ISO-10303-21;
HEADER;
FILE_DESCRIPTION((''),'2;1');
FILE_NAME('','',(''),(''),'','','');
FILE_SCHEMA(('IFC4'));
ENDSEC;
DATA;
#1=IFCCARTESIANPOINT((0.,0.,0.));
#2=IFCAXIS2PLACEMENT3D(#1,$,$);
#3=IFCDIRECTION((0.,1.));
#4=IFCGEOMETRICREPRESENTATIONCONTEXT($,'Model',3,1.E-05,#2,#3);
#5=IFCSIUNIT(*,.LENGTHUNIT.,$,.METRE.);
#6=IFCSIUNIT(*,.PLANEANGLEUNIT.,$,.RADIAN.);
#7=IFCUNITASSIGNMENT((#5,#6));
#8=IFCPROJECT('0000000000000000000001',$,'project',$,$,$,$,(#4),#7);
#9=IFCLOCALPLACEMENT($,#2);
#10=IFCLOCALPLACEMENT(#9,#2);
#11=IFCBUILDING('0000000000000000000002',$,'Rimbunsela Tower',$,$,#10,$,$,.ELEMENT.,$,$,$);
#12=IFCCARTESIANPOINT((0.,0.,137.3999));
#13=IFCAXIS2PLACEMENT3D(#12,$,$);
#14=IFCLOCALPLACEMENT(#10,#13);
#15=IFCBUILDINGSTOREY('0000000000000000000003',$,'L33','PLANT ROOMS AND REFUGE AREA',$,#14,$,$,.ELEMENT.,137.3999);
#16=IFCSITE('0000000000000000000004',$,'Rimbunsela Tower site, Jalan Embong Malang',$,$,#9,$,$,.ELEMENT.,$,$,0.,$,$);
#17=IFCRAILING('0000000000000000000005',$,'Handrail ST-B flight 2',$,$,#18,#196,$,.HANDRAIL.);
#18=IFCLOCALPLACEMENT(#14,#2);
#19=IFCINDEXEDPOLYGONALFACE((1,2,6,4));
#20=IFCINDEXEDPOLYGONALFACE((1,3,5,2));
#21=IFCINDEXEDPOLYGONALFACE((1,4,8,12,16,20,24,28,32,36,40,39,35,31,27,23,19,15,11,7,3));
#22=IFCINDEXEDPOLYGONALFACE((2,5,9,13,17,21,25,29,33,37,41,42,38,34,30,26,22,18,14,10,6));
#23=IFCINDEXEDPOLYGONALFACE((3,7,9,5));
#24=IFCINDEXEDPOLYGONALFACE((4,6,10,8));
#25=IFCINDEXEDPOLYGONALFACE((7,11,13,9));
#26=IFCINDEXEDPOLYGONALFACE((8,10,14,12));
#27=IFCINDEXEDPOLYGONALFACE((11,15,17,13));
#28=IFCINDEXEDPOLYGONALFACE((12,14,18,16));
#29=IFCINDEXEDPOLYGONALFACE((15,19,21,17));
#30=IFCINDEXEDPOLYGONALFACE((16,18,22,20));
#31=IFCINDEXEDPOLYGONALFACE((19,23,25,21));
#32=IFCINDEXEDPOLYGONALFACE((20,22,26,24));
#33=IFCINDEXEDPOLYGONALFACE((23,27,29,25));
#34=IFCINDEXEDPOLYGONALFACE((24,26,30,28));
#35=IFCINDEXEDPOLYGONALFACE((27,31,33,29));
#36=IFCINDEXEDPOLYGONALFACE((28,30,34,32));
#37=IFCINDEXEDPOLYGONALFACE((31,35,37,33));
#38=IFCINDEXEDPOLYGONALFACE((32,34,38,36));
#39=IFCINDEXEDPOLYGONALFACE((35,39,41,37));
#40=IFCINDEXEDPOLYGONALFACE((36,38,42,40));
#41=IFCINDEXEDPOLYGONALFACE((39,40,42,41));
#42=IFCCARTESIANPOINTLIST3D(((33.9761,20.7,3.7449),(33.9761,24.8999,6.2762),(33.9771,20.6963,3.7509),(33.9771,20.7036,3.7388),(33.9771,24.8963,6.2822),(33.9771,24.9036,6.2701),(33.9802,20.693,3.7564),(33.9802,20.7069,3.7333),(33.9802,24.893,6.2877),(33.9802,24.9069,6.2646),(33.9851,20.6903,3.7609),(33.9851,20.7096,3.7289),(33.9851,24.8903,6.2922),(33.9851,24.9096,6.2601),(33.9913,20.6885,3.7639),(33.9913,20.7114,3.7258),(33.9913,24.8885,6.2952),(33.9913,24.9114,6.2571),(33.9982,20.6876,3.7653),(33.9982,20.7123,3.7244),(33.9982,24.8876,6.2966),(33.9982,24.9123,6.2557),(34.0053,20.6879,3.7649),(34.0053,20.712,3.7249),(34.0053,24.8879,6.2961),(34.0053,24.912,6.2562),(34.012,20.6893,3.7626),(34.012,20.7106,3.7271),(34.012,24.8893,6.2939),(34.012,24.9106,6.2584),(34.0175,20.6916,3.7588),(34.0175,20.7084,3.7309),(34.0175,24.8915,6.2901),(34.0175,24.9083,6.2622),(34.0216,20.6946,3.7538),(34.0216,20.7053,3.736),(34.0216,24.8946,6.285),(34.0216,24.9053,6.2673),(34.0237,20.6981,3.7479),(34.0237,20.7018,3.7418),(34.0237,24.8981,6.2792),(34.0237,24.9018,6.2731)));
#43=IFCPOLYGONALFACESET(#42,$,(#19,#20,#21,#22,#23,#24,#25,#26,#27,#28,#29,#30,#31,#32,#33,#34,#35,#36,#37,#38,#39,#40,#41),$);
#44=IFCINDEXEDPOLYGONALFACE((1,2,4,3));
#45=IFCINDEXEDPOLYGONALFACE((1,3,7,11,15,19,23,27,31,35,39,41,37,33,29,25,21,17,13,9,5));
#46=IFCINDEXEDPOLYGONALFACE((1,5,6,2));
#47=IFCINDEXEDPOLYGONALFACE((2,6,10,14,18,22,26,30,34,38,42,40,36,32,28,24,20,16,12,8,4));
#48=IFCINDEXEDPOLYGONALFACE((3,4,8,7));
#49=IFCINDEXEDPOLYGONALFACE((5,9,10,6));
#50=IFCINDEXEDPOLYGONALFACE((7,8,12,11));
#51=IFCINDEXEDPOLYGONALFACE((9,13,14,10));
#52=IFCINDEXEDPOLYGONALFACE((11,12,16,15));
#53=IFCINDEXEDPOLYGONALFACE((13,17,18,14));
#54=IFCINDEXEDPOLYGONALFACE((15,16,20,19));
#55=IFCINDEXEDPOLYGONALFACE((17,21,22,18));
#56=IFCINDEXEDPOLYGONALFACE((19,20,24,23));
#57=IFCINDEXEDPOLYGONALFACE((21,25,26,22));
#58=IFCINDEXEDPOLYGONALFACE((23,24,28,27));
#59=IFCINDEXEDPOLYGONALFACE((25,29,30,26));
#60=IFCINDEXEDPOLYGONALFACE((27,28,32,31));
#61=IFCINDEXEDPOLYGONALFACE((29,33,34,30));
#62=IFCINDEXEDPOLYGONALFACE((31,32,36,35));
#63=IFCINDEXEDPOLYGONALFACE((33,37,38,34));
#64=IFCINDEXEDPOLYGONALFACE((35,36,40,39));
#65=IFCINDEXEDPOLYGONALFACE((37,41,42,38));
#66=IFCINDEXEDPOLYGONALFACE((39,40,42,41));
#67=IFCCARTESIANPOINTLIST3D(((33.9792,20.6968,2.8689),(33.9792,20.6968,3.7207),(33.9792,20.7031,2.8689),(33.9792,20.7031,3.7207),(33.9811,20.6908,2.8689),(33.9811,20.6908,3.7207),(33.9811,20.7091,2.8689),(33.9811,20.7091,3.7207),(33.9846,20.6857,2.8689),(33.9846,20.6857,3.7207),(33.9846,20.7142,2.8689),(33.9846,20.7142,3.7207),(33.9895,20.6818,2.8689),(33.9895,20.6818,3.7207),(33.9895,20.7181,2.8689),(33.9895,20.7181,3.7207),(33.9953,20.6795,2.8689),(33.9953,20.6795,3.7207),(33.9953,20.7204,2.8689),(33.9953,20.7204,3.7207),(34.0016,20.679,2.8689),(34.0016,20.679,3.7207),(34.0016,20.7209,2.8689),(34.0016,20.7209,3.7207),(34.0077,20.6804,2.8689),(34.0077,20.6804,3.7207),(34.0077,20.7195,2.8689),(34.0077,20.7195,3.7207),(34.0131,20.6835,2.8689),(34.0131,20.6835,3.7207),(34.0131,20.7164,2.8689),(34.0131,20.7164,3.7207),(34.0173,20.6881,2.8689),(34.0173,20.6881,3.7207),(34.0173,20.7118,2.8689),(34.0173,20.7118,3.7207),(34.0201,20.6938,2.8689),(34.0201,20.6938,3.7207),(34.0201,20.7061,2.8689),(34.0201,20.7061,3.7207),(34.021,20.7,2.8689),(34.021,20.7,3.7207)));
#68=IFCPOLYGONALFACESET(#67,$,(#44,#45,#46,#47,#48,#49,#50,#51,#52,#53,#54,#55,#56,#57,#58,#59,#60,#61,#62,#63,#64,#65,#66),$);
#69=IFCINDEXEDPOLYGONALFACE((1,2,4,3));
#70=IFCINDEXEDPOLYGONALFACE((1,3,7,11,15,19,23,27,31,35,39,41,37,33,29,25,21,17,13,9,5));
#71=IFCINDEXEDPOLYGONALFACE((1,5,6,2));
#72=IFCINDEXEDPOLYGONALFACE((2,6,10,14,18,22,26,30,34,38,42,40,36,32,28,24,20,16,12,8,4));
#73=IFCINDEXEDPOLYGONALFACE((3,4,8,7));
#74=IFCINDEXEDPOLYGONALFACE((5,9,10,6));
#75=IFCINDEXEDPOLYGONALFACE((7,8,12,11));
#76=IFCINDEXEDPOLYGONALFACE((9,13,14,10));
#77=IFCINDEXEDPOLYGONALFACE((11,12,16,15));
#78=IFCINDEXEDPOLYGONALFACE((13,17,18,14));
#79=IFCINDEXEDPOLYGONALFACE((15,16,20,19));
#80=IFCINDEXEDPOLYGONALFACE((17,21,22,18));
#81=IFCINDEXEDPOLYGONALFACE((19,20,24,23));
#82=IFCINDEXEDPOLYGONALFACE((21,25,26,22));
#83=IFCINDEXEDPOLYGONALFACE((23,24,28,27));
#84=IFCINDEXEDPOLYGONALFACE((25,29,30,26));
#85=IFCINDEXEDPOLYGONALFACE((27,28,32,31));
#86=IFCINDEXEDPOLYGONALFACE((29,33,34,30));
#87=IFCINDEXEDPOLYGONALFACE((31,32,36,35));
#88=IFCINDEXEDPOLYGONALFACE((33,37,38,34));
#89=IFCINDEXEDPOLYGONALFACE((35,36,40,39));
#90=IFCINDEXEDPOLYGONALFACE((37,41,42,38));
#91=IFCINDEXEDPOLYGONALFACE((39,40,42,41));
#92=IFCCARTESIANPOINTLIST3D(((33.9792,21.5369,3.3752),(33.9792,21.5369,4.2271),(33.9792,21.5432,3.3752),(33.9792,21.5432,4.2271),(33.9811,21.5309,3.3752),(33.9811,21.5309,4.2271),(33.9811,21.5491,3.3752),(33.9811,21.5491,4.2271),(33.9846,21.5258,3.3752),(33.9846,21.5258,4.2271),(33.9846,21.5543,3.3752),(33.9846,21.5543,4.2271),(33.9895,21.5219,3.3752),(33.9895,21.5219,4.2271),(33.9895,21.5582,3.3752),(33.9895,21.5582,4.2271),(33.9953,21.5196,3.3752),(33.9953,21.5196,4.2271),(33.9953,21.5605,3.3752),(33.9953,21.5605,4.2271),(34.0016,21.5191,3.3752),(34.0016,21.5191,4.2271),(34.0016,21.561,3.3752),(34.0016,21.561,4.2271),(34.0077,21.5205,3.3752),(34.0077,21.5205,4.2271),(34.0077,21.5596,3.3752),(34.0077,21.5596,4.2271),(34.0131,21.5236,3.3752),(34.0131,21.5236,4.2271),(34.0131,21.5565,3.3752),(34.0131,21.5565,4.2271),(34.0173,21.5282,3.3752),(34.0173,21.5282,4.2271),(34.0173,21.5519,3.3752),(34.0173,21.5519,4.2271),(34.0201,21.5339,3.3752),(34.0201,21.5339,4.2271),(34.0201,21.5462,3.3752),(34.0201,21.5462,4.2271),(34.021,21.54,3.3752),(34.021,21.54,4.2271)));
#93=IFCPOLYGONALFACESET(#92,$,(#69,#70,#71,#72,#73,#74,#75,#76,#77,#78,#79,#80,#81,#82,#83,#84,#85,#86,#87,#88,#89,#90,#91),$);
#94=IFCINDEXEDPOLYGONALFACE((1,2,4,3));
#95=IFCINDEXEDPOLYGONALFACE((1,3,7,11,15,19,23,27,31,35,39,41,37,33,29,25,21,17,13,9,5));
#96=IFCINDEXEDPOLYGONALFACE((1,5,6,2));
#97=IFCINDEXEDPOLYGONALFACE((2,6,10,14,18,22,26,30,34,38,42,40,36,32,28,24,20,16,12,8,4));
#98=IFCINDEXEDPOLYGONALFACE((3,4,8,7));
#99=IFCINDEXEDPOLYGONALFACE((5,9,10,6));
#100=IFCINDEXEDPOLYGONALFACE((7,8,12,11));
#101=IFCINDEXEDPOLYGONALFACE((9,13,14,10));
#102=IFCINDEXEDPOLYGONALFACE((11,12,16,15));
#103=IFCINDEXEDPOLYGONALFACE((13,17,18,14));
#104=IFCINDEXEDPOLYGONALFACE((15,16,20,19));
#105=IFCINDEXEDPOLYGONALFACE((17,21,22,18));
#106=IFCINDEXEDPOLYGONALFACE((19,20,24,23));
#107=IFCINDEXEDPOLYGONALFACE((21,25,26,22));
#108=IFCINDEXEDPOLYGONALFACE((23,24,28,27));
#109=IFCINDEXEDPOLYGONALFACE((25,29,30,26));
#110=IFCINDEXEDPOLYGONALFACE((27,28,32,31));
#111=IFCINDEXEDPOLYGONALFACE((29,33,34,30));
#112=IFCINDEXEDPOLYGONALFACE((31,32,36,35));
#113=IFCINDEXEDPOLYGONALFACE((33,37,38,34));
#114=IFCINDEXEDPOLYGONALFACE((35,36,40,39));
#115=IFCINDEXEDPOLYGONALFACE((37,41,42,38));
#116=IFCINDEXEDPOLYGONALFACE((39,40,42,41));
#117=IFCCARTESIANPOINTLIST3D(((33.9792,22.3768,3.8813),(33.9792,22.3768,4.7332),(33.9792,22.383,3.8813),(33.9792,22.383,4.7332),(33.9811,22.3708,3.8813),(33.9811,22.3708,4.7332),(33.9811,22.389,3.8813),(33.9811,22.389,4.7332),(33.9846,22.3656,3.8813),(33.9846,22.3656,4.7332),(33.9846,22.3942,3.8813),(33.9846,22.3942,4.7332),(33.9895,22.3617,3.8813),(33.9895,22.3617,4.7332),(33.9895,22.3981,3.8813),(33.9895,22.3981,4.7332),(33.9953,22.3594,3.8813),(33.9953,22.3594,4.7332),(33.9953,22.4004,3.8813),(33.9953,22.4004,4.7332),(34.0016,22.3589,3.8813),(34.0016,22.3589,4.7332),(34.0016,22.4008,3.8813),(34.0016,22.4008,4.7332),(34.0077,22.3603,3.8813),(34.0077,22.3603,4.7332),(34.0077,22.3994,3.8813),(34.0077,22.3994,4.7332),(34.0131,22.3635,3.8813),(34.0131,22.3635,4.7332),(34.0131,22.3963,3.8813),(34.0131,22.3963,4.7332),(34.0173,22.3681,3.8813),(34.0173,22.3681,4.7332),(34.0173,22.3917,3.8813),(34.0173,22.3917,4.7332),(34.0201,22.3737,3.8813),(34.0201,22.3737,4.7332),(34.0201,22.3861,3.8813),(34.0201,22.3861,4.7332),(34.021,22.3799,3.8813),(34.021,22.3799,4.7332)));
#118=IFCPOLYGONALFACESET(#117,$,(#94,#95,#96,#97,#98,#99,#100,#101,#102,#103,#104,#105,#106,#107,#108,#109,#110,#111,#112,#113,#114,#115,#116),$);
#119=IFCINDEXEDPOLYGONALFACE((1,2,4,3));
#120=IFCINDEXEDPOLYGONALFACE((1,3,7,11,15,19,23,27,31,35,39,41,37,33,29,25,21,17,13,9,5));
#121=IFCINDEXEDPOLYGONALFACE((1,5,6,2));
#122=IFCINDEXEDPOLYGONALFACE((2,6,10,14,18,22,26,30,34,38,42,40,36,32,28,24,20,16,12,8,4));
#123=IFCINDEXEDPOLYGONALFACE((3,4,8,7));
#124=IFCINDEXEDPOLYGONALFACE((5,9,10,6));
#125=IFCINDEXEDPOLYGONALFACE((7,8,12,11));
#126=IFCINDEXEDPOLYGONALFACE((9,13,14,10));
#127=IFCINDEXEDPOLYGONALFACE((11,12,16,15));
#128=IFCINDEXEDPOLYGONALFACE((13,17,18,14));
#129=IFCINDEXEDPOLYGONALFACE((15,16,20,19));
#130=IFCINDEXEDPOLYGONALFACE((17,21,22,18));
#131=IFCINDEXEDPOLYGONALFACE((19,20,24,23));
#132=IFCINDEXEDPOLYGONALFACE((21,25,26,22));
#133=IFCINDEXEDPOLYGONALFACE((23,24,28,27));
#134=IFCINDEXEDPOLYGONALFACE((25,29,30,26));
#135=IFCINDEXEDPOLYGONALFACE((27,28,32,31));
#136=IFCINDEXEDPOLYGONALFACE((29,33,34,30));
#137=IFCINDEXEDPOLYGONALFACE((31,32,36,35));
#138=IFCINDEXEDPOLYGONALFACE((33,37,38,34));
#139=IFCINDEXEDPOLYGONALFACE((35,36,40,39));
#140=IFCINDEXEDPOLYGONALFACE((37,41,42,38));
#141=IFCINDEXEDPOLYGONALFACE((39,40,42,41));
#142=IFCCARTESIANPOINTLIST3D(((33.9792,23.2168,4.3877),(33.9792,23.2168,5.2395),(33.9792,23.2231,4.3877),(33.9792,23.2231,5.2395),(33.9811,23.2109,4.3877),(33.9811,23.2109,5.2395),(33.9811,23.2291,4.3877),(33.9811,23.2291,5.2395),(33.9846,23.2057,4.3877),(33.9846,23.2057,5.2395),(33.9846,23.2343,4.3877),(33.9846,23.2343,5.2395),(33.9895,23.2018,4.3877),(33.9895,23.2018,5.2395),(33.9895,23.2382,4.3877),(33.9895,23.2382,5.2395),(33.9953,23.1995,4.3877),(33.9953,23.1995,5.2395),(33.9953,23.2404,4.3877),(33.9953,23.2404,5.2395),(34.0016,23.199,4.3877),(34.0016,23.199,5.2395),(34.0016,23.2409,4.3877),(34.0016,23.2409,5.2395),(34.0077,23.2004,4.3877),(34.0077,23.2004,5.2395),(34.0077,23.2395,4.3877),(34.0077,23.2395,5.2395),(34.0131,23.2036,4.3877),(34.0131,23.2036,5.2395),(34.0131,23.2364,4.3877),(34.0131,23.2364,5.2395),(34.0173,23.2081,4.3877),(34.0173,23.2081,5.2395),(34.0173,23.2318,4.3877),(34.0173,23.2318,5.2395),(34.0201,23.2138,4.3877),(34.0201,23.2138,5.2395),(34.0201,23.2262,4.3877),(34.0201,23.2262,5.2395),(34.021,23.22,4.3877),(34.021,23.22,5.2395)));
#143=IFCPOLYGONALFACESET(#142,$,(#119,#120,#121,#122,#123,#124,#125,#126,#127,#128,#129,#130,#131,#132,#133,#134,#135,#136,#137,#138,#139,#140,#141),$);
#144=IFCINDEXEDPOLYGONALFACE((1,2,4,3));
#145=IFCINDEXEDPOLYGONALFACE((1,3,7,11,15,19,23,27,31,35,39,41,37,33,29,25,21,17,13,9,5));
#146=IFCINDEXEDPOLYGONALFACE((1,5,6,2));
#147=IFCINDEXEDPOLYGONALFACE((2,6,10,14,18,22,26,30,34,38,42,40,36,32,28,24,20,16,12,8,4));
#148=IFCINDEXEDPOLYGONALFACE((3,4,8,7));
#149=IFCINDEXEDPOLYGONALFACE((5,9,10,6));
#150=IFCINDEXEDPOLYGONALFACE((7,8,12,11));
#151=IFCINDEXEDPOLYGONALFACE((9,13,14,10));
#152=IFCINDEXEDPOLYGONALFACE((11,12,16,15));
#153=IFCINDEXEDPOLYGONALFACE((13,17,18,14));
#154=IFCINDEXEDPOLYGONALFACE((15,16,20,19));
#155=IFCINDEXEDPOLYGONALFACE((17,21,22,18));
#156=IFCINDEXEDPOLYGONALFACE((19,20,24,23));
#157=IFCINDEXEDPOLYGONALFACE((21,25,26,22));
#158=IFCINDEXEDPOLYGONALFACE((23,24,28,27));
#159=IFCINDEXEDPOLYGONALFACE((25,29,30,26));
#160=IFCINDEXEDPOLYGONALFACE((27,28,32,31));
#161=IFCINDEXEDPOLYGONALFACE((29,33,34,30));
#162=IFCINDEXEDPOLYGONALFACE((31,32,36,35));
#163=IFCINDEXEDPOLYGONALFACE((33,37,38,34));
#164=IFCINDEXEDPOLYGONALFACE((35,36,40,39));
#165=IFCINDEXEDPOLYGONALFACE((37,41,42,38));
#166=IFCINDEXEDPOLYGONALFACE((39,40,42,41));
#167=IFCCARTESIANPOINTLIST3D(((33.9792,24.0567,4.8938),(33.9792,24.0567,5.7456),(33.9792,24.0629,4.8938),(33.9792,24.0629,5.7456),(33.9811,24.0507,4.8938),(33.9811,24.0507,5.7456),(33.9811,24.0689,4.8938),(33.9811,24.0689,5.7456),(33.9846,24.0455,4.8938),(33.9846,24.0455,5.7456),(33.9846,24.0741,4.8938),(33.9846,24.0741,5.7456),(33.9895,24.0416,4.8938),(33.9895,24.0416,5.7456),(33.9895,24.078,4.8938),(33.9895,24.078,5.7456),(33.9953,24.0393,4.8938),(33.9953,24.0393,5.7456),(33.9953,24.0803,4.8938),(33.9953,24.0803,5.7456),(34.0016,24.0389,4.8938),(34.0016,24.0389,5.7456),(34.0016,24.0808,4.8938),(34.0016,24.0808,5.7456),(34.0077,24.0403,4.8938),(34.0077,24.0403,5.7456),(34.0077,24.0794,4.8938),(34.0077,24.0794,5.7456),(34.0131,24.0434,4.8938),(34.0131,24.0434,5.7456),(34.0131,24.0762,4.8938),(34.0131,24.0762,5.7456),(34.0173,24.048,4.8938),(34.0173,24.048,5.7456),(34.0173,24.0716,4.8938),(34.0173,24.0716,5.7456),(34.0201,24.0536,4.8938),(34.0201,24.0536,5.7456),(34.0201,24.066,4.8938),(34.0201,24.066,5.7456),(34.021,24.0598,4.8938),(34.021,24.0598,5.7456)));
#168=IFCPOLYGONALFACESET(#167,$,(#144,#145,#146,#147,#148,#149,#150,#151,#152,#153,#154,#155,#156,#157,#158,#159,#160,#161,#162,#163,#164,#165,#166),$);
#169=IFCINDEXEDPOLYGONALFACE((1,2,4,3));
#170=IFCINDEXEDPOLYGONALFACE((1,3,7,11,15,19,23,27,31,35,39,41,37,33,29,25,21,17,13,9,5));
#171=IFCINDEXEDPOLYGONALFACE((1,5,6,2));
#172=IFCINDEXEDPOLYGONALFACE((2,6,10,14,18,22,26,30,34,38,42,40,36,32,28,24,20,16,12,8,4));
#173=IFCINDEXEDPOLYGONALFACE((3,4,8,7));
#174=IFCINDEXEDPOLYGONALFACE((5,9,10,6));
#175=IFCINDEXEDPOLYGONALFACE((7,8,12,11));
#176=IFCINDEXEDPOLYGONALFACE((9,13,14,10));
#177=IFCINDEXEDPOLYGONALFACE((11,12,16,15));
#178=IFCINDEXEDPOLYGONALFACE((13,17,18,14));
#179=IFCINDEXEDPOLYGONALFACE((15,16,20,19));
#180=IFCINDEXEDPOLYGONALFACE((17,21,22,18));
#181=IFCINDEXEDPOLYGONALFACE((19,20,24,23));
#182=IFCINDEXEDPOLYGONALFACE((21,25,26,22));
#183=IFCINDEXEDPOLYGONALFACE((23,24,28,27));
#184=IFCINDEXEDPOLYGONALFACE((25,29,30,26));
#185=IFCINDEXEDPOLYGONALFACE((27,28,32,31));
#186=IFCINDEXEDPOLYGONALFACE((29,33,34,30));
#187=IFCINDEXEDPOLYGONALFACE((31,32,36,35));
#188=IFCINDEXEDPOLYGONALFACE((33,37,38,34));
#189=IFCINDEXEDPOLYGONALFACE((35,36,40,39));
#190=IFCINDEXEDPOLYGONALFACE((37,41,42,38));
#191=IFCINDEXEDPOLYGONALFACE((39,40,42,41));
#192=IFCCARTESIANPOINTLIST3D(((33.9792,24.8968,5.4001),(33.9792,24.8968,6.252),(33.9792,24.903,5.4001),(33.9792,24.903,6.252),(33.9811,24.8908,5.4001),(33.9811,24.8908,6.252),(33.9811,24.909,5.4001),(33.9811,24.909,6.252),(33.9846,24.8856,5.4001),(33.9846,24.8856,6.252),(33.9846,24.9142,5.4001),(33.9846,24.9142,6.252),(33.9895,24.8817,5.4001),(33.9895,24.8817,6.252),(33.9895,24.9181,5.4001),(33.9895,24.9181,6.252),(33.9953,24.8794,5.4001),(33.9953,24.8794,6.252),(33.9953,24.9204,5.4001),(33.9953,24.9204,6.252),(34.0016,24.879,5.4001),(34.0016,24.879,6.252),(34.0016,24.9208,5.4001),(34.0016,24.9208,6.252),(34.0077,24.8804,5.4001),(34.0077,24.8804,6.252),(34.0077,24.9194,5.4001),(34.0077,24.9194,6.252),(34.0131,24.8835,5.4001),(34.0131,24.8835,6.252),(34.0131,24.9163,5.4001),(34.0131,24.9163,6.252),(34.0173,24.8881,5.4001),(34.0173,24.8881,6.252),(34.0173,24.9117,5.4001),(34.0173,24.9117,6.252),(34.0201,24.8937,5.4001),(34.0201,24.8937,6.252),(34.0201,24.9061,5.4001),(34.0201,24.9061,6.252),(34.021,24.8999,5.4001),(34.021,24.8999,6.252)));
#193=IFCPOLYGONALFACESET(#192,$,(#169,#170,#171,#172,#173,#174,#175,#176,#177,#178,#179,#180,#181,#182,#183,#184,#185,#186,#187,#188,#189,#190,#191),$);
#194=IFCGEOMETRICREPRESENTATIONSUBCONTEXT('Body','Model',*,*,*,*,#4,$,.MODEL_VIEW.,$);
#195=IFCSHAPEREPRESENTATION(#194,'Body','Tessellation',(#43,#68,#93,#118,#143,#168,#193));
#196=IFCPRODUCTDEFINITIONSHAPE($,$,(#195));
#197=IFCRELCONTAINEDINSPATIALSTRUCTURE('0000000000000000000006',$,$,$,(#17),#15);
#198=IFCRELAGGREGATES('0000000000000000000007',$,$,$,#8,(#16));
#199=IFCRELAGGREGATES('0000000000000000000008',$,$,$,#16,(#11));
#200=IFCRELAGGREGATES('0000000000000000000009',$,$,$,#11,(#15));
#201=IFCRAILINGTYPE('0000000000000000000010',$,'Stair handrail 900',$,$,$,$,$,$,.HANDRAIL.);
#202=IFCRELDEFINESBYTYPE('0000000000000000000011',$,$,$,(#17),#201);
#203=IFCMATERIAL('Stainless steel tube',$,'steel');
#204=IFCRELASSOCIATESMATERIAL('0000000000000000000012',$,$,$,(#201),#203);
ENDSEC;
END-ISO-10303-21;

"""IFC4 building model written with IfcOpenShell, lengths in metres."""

from ifc_helpers import new_model, si_unit, direction, frame, origin, origin_2d, place, context, subcontext, project, spatial, circle, extrude, material, type_object, element, save


model = new_model("IFC4")

# Units and contexts
model_context = context("Model", 3, precision=1e-05, world=origin(), true_north=direction((0.0, 1.0)))
body_context = subcontext(model_context, "Body", "Model", "MODEL_VIEW")
ifc_project = project(units=[si_unit("LENGTHUNIT", "METRE"), si_unit("PLANEANGLEUNIT", "RADIAN")], contexts=[model_context])

# Site, building, storey
site_placement = place(None, origin())
site = spatial("IfcSite", under=ifc_project, at=site_placement, Name="Rimbunsela Tower site, Jalan Embong Malang", CompositionType="ELEMENT", RefElevation=0.0)
building_placement = place(site_placement, origin())
building = spatial("IfcBuilding", under=site, at=building_placement, Name="Rimbunsela Tower", CompositionType="ELEMENT")
storey_placement = place(building_placement, frame((0.0, 0.0, 137.3999)))
storey = spatial("IfcBuildingStorey", under=building, at=storey_placement, Name="L33", Description="PLANT ROOMS AND REFUGE AREA", CompositionType="ELEMENT", Elevation=137.3999)

# Railing
ifc_material_1 = material(Name="Stainless steel tube", Category="steel")
railing_type = type_object("IfcRailingType", Name="Stair handrail 900", PredefinedType="HANDRAIL", material=ifc_material_1)
for number, where, name in (
    (1, (34.0, 20.7, 2.8689), "Handrail ST-B flight 2"),
):
    element("IfcRailing", number, at=place(storey_placement, frame(where)), inside=storey, type_object=railing_type, Name=name, PredefinedType="HANDRAIL", context=body_context, shape_type="SweptSolid", body=[
        extrude(circle(Radius=0.0239, at=origin_2d()), frame((0.0, 0.0, 0.876), z_axis=(0.0, 0.856476, 0.516186), x_axis=(-1.0, 0.0, 0.0)), (0.0, 0.0, 1.0), 4.9038),
        extrude(circle(Radius=0.021, at=origin_2d()), origin(), (0.0, 0.0, 1.0), 0.8518),
        extrude(circle(Radius=0.021, at=origin_2d()), frame((0.0, 0.8401, 0.5063)), (0.0, 0.0, 1.0), 0.8518),
        extrude(circle(Radius=0.021, at=origin_2d()), frame((0.0, 1.6799, 1.0125)), (0.0, 0.0, 1.0), 0.8518),
        extrude(circle(Radius=0.021, at=origin_2d()), frame((0.0, 2.52, 1.5188)), (0.0, 0.0, 1.0), 0.8518),
        extrude(circle(Radius=0.021, at=origin_2d()), frame((0.0, 3.3599, 2.0249)), (0.0, 0.0, 1.0), 0.8518),
        extrude(circle(Radius=0.021, at=origin_2d()), frame((0.0, 4.2, 2.5312)), (0.0, 0.0, 1.0), 0.8518),
    ])

save(model, "model.ifc")
